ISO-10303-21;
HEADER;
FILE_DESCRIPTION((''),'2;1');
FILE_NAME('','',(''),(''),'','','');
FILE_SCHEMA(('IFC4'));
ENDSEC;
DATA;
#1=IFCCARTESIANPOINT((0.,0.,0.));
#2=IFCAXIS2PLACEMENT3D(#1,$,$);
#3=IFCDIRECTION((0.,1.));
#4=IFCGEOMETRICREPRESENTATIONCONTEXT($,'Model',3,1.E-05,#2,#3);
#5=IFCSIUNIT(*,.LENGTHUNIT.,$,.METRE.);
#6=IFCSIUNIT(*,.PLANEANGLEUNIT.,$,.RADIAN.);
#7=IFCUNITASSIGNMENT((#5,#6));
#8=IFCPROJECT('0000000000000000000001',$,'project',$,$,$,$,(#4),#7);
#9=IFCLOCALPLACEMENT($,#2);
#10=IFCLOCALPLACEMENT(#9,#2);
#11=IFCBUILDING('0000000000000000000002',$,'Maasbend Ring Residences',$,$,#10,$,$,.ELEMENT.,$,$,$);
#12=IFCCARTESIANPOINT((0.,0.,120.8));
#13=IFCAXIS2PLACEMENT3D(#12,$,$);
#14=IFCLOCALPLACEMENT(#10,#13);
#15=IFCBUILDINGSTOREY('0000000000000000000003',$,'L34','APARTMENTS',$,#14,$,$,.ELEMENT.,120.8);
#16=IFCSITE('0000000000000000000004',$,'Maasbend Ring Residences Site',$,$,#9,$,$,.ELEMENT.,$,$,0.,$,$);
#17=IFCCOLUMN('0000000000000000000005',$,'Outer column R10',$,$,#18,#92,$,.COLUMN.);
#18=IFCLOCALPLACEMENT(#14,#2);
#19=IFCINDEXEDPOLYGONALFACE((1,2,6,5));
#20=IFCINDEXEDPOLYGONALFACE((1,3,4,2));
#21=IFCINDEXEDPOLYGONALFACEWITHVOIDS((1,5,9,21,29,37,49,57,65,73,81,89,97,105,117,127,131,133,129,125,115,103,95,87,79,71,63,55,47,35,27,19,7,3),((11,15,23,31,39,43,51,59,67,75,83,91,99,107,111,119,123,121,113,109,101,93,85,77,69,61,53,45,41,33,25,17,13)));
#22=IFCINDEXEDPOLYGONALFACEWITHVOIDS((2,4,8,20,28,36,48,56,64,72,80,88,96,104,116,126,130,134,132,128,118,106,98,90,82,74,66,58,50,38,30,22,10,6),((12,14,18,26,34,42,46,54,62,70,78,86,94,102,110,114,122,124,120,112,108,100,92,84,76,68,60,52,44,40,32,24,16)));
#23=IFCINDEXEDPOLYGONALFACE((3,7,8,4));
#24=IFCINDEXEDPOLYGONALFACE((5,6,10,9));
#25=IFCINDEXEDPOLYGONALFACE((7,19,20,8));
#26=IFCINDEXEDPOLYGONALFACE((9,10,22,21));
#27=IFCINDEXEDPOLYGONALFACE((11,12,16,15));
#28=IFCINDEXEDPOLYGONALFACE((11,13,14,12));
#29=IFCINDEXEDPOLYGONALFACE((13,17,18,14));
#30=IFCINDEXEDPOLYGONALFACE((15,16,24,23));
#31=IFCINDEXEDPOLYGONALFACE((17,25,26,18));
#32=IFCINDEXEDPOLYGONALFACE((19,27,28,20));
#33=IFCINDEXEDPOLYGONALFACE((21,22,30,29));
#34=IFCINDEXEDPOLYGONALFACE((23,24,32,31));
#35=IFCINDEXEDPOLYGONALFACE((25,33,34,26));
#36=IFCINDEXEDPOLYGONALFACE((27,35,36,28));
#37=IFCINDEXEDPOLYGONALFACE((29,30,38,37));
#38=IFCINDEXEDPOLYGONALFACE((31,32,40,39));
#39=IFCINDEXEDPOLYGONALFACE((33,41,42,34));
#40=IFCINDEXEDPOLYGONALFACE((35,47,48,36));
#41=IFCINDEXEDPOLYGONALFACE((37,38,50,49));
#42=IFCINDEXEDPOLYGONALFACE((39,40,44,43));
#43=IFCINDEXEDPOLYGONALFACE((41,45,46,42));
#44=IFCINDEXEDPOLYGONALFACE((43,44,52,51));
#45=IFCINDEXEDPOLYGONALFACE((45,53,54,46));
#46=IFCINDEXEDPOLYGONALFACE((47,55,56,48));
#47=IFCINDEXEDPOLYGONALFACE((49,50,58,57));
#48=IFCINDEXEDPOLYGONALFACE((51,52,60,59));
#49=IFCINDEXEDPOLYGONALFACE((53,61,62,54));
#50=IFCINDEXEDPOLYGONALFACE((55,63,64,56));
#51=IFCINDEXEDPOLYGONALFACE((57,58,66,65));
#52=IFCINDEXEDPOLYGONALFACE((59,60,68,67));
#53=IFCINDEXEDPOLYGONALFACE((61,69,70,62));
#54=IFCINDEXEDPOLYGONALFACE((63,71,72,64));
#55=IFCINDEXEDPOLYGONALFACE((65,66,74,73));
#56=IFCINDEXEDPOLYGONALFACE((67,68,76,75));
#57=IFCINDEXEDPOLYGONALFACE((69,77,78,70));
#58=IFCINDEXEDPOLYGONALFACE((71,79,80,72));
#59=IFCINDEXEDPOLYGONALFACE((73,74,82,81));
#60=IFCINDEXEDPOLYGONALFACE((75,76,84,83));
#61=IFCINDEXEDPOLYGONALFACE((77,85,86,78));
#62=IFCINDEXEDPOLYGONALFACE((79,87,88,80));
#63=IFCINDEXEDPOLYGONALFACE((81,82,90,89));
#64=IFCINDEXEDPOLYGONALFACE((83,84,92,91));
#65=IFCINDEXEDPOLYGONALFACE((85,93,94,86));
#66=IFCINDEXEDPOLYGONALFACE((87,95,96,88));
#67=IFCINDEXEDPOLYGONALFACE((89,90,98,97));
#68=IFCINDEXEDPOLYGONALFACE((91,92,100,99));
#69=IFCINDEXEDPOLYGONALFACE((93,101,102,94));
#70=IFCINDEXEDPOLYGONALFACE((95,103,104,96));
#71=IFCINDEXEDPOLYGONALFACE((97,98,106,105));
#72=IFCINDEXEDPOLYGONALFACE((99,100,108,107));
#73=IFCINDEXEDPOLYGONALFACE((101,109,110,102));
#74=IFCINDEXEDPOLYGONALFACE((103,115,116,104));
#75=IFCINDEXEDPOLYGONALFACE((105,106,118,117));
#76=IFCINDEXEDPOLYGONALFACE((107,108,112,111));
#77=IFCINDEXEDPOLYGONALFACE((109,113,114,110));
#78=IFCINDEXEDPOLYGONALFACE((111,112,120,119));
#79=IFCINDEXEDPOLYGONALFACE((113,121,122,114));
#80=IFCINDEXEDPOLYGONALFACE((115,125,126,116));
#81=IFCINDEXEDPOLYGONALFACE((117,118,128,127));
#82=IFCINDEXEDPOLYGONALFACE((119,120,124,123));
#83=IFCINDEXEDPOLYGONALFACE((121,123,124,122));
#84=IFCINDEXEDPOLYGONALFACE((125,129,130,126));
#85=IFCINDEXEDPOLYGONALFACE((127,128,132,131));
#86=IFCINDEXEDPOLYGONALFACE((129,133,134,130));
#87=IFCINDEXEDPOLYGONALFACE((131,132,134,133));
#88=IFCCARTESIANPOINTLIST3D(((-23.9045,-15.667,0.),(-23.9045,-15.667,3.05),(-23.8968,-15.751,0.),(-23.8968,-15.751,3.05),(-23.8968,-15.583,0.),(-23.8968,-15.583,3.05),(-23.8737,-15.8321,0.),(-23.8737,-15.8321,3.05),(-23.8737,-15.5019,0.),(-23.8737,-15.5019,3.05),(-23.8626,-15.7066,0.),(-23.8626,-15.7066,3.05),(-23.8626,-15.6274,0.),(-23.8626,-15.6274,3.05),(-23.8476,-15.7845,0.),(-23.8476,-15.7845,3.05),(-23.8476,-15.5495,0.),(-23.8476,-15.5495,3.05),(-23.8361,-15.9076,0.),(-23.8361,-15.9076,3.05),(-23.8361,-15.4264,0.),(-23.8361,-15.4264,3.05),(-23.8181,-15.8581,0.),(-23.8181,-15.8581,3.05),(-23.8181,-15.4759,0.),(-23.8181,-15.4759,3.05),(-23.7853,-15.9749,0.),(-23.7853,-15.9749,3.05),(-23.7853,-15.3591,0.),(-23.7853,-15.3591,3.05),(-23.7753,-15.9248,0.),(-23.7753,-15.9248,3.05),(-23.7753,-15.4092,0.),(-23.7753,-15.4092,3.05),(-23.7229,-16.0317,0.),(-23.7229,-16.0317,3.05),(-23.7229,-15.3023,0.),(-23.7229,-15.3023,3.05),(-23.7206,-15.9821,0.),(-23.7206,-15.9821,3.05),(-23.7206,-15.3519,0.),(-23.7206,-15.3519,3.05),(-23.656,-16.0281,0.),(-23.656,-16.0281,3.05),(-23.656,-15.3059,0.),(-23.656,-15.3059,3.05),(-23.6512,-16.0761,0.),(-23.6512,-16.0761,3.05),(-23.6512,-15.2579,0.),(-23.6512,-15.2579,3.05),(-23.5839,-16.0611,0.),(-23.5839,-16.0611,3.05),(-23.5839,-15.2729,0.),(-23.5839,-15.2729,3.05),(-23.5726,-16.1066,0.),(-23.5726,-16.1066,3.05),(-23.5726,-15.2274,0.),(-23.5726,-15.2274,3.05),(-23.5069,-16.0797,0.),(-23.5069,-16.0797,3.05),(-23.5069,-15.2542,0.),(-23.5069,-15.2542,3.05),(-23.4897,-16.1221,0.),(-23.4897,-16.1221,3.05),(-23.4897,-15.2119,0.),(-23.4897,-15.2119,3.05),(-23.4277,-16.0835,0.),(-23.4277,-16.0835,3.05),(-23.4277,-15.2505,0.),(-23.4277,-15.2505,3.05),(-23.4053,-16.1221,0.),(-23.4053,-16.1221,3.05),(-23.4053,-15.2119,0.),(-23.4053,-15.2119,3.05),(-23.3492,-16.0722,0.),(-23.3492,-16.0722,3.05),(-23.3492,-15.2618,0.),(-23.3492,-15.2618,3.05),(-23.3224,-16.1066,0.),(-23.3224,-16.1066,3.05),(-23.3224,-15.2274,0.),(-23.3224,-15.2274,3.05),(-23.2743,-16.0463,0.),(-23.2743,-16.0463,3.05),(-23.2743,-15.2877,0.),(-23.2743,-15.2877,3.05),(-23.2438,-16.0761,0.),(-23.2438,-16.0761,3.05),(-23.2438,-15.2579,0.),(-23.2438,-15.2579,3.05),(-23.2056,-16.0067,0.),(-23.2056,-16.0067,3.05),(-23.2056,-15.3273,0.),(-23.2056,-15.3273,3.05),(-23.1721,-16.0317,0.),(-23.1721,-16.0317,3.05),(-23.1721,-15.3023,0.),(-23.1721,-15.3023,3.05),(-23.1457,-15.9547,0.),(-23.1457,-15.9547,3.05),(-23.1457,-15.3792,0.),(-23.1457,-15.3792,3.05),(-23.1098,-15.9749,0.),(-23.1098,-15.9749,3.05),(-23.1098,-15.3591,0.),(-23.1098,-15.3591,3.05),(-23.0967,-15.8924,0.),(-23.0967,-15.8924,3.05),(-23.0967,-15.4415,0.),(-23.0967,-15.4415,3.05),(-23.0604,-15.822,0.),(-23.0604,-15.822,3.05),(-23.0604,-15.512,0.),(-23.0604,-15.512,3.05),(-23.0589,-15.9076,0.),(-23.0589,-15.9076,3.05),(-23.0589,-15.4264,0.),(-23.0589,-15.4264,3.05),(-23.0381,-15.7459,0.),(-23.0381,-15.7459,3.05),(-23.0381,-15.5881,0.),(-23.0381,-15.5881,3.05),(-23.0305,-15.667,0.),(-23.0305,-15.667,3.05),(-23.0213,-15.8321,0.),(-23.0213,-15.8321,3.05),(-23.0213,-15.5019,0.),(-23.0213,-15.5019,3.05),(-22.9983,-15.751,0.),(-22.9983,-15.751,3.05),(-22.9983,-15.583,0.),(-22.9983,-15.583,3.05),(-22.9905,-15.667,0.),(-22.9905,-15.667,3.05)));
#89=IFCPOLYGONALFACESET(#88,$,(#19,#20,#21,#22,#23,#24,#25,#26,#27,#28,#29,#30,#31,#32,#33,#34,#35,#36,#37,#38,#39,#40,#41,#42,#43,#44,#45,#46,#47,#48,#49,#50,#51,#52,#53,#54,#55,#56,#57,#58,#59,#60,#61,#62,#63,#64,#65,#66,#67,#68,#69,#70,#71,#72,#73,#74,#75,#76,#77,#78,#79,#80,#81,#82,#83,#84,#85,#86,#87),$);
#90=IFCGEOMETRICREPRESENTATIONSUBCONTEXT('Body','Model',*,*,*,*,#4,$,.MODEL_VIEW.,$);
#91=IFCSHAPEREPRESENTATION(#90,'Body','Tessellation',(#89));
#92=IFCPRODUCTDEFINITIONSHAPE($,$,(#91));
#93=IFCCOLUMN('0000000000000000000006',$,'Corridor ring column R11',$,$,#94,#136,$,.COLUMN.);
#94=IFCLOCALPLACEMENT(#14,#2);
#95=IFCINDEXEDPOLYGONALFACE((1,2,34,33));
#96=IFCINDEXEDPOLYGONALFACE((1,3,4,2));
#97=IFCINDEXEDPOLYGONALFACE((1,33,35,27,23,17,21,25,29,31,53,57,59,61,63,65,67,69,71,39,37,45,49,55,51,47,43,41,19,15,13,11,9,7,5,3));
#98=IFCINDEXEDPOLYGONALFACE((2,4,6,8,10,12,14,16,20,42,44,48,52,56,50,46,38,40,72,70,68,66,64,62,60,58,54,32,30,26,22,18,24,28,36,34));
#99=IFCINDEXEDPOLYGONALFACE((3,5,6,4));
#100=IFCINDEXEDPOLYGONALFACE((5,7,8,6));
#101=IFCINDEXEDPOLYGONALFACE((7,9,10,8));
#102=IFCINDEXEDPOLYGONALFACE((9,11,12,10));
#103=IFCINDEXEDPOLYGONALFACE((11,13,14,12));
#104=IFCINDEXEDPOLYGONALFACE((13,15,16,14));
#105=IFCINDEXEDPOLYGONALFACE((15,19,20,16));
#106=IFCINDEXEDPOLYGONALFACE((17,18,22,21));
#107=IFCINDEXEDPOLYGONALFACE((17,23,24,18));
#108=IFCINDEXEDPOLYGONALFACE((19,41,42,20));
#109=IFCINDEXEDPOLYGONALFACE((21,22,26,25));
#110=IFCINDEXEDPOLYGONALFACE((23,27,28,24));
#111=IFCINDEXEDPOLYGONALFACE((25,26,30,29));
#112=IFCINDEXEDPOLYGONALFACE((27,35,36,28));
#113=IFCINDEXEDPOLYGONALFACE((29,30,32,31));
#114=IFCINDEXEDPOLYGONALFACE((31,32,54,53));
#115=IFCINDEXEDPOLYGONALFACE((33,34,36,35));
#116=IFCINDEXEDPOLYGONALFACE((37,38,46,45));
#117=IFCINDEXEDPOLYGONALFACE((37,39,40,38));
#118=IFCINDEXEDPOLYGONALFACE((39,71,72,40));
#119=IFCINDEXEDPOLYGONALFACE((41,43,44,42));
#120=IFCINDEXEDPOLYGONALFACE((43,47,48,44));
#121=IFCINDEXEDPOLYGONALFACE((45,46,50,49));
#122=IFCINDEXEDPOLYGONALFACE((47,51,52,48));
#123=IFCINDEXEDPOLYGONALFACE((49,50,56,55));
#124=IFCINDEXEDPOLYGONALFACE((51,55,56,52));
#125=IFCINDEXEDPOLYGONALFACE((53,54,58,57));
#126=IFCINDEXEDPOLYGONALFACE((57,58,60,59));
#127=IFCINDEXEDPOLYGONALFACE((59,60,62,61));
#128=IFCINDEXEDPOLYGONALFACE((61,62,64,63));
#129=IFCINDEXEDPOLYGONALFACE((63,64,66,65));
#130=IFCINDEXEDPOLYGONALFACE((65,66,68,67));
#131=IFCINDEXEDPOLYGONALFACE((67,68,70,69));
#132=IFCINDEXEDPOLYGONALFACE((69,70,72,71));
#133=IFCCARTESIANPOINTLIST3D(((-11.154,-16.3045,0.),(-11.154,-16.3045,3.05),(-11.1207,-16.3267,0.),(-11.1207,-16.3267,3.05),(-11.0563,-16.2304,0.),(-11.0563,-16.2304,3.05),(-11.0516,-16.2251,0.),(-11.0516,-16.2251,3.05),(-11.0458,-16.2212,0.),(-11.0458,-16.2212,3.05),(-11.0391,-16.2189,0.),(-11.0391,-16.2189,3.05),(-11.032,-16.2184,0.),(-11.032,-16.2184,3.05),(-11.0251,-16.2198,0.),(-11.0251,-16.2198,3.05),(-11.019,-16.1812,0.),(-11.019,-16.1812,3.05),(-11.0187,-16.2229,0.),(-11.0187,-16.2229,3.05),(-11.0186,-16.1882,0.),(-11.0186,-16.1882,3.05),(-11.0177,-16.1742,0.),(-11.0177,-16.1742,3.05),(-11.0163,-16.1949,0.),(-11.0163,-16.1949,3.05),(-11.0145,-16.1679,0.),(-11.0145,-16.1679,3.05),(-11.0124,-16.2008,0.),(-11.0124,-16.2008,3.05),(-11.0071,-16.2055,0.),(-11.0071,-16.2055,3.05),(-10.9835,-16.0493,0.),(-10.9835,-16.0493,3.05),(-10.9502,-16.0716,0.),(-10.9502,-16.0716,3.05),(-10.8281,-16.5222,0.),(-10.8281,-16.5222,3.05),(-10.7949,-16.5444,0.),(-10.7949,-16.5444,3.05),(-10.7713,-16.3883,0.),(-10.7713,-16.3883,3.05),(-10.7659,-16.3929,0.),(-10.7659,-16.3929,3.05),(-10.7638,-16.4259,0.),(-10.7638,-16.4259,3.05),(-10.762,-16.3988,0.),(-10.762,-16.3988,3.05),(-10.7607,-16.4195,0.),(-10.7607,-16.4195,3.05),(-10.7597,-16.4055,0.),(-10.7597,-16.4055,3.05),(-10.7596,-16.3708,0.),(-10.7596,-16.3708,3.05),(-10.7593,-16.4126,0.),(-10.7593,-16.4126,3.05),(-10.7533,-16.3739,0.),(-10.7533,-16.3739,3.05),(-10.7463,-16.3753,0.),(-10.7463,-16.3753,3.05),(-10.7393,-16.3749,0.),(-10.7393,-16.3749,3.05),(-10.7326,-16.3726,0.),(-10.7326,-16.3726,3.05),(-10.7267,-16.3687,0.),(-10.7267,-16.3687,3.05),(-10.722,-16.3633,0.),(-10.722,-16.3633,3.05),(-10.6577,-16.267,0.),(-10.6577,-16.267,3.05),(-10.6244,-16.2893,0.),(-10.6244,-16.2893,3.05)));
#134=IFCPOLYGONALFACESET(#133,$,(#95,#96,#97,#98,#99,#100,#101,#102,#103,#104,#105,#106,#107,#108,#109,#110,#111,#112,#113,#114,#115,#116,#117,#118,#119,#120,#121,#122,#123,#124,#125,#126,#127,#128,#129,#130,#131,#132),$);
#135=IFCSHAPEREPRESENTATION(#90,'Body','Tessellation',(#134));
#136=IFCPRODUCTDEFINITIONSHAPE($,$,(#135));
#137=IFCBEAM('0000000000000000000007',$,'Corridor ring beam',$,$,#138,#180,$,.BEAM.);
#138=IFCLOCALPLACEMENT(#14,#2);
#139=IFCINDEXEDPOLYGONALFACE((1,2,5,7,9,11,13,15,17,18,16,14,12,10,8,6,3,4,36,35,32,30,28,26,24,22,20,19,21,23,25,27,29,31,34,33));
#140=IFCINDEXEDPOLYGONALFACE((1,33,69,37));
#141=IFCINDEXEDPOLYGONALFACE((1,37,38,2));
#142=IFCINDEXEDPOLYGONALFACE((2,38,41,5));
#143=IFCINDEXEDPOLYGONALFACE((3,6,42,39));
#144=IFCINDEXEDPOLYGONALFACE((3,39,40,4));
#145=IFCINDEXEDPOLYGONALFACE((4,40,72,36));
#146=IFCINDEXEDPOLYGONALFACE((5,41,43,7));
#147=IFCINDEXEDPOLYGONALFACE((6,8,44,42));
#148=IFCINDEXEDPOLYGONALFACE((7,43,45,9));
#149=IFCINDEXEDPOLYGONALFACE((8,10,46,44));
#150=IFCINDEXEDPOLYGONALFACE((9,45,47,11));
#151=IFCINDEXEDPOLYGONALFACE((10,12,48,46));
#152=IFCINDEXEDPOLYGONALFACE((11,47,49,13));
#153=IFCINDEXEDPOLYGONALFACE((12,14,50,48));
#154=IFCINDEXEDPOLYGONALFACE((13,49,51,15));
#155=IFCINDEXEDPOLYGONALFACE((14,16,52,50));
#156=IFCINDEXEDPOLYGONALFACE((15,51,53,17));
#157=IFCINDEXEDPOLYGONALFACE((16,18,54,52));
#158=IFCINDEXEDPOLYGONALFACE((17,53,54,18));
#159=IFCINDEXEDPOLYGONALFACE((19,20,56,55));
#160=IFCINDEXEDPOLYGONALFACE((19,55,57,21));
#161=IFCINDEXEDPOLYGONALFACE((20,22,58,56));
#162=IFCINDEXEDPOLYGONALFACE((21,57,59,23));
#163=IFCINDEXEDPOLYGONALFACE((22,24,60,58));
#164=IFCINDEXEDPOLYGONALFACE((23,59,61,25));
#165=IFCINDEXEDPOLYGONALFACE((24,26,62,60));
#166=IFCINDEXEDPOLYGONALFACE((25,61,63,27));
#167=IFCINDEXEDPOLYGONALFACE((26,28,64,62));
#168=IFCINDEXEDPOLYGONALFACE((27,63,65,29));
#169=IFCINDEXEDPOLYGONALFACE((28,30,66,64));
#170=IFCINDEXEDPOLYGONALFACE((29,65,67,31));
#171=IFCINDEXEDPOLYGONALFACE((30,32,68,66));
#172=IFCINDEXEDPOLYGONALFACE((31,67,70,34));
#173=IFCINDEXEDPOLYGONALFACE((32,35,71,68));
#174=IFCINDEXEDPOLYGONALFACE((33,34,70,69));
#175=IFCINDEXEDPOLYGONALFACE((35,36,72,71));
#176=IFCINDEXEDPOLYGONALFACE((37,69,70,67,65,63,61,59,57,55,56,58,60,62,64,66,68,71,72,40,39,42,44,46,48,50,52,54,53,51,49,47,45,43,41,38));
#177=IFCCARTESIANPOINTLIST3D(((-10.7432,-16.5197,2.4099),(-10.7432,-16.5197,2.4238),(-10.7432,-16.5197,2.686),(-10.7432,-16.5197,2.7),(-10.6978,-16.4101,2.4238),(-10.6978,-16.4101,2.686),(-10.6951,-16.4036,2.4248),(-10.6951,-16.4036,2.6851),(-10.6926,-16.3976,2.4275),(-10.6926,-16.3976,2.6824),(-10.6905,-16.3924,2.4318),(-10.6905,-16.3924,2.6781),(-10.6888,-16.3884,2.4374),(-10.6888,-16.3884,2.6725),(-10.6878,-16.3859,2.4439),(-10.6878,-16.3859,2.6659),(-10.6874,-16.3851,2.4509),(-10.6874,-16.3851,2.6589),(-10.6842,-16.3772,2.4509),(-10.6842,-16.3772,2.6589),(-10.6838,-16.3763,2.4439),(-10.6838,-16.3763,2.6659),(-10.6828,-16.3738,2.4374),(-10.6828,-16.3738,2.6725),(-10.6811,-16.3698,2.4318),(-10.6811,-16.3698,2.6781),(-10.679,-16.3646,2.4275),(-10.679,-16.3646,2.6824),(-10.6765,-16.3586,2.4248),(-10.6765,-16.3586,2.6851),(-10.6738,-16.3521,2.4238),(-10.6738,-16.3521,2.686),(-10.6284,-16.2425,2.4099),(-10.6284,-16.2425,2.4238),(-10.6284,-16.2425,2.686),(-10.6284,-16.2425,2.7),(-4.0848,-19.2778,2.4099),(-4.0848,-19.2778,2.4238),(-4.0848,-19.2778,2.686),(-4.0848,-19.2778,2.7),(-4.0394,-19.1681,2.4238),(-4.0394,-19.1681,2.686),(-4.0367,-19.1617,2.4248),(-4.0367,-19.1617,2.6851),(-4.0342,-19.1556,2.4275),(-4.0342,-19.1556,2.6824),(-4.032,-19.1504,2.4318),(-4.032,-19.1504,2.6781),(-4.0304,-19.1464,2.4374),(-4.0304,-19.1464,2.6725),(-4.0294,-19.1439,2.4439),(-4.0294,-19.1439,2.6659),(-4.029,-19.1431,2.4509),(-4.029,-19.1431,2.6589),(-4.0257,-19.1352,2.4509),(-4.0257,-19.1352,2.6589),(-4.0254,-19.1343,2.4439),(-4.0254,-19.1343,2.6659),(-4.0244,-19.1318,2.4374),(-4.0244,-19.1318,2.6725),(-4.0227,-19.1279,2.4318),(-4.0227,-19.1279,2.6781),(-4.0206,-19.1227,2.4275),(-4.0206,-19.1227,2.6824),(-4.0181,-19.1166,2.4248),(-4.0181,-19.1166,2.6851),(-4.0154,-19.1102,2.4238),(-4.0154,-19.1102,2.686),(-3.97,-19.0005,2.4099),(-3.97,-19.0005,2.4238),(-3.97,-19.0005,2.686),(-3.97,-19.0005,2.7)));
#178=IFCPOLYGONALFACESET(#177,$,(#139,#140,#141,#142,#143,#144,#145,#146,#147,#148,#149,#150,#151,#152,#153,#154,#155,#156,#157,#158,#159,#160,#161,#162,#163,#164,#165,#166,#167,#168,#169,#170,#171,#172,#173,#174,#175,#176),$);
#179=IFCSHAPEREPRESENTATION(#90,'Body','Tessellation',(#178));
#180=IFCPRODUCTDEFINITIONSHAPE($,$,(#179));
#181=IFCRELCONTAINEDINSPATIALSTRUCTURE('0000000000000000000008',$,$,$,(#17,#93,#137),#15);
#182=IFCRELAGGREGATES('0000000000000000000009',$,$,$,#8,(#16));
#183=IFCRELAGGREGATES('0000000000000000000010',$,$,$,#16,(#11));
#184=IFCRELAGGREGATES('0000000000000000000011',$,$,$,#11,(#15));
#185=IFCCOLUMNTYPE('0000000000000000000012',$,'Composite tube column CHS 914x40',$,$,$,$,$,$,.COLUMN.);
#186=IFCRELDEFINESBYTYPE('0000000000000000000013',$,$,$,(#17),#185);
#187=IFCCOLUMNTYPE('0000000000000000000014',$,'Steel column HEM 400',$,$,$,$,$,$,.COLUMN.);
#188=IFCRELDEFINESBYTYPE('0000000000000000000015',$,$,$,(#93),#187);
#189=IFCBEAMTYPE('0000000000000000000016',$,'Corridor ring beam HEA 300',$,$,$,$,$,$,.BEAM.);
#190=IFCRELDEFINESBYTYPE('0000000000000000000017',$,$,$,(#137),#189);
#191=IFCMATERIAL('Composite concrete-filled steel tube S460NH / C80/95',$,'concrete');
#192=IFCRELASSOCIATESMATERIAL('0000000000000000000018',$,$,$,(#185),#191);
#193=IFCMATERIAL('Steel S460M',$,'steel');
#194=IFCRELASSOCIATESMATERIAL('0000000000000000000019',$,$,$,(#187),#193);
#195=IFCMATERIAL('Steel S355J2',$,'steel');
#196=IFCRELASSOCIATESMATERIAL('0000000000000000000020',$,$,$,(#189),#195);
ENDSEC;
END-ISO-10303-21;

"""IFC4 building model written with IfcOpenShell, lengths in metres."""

from ifc_helpers import new_model, si_unit, direction, frame, origin, origin_2d, place, context, subcontext, project, spatial, hollow_circle, i_section, extrude, material, material_profile, profile_set, type_object, element, save


model = new_model("IFC4")

# Units and contexts
model_context = context("Model", 3, precision=1e-05, world=origin(), true_north=direction((0.0, 1.0)))
body_context = subcontext(model_context, "Body", "Model", "MODEL_VIEW")
ifc_project = project(units=[si_unit("LENGTHUNIT", "METRE"), si_unit("PLANEANGLEUNIT", "RADIAN")], contexts=[model_context])

# Site, building, storey
site_placement = place(None, origin())
site = spatial("IfcSite", under=ifc_project, at=site_placement, Name="Maasbend Ring Residences Site", CompositionType="ELEMENT", RefElevation=0.0)
building_placement = place(site_placement, origin())
building = spatial("IfcBuilding", under=site, at=building_placement, Name="Maasbend Ring Residences", CompositionType="ELEMENT")
storey_placement = place(building_placement, frame((0.0, 0.0, 120.8)))
storey = spatial("IfcBuildingStorey", under=building, at=storey_placement, Name="L34", Description="APARTMENTS", CompositionType="ELEMENT", Elevation=120.8)

# Columns
ifc_material_1 = material(Name="Composite concrete-filled steel tube S460NH / C80/95", Category="concrete")
ifc_material_profile_1 = material_profile(ifc_material_1, hollow_circle(Radius=0.457, WallThickness=0.04, at=origin_2d()), Name="Composite tube column CHS 914x40")
ifc_profile_set_1 = profile_set([ifc_material_profile_1], Name="Composite concrete-filled steel tube S460NH / C80/95")
column_type_1 = type_object("IfcColumnType", Name="Composite tube column CHS 914x40", PredefinedType="COLUMN", material=ifc_profile_set_1)
column_1_placement = place(storey_placement, frame((-23.4475, -15.667, 0.0), z_axis=(0.0, 0.0, 1.0), x_axis=(1.0, 0.0, 0.0)))
element("IfcColumn", 1, at=column_1_placement, inside=storey, type_object=column_type_1, Name="Outer column R10", PredefinedType="COLUMN", context=body_context, shape_type="SweptSolid", body=[
    extrude(hollow_circle(Radius=0.457, WallThickness=0.04, at=origin_2d()), origin(), (0.0, 0.0, 1.0), 3.05),
])
ifc_material_2 = material(Name="Steel S460M", Category="steel")
ifc_material_profile_2 = material_profile(ifc_material_2, i_section(OverallWidth=0.3069, OverallDepth=0.4319, WebThickness=0.021, FlangeThickness=0.04, FilletRadius=0.0271, at=origin_2d()), Name="HEM 400")
ifc_profile_set_2 = profile_set([ifc_material_profile_2], Name="Steel S460M")
column_type_2 = type_object("IfcColumnType", Name="Steel column HEM 400", PredefinedType="COLUMN", material=ifc_profile_set_2)
column_2_placement = place(storey_placement, frame((-10.8892, -16.2969, 0.0), z_axis=(0.0, 0.0, 1.0), x_axis=(-0.55557, -0.83147, 0.0)))
element("IfcColumn", 2, at=column_2_placement, inside=storey, type_object=column_type_2, Name="Corridor ring column R11", PredefinedType="COLUMN", context=body_context, shape_type="SweptSolid", body=[
    extrude(i_section(OverallWidth=0.3069, OverallDepth=0.4319, WebThickness=0.021, FlangeThickness=0.04, FilletRadius=0.0271, at=origin_2d()), origin(), (0.0, 0.0, 1.0), 3.05),
])

# Beam
ifc_material_3 = material(Name="Steel S355J2", Category="steel")
ifc_material_profile_3 = material_profile(ifc_material_3, i_section(OverallWidth=0.3, OverallDepth=0.29, WebThickness=0.0085, FlangeThickness=0.0139, FilletRadius=0.0271, at=origin_2d()), Name="HEA 300")
ifc_profile_set_3 = profile_set([ifc_material_profile_3], Name="Steel S355J2")
beam_type_1 = type_object("IfcBeamType", Name="Corridor ring beam HEA 300", PredefinedType="BEAM", material=ifc_profile_set_3)
beam_1_placement = place(storey_placement, frame((-10.6858, -16.3811, 2.5549), z_axis=(0.923878, -0.382688, 0.0), x_axis=(0.382688, 0.923878, 0.0)))
element("IfcBeam", 3, at=beam_1_placement, inside=storey, type_object=beam_type_1, Name="Corridor ring beam", PredefinedType="BEAM", context=body_context, shape_type="SweptSolid", body=[
    extrude(i_section(OverallWidth=0.3, OverallDepth=0.29, WebThickness=0.0085, FlangeThickness=0.0139, FilletRadius=0.0271, at=origin_2d()), origin(), (0.0, 0.0, 1.0), 7.207),
])

save(model, "model.ifc")
